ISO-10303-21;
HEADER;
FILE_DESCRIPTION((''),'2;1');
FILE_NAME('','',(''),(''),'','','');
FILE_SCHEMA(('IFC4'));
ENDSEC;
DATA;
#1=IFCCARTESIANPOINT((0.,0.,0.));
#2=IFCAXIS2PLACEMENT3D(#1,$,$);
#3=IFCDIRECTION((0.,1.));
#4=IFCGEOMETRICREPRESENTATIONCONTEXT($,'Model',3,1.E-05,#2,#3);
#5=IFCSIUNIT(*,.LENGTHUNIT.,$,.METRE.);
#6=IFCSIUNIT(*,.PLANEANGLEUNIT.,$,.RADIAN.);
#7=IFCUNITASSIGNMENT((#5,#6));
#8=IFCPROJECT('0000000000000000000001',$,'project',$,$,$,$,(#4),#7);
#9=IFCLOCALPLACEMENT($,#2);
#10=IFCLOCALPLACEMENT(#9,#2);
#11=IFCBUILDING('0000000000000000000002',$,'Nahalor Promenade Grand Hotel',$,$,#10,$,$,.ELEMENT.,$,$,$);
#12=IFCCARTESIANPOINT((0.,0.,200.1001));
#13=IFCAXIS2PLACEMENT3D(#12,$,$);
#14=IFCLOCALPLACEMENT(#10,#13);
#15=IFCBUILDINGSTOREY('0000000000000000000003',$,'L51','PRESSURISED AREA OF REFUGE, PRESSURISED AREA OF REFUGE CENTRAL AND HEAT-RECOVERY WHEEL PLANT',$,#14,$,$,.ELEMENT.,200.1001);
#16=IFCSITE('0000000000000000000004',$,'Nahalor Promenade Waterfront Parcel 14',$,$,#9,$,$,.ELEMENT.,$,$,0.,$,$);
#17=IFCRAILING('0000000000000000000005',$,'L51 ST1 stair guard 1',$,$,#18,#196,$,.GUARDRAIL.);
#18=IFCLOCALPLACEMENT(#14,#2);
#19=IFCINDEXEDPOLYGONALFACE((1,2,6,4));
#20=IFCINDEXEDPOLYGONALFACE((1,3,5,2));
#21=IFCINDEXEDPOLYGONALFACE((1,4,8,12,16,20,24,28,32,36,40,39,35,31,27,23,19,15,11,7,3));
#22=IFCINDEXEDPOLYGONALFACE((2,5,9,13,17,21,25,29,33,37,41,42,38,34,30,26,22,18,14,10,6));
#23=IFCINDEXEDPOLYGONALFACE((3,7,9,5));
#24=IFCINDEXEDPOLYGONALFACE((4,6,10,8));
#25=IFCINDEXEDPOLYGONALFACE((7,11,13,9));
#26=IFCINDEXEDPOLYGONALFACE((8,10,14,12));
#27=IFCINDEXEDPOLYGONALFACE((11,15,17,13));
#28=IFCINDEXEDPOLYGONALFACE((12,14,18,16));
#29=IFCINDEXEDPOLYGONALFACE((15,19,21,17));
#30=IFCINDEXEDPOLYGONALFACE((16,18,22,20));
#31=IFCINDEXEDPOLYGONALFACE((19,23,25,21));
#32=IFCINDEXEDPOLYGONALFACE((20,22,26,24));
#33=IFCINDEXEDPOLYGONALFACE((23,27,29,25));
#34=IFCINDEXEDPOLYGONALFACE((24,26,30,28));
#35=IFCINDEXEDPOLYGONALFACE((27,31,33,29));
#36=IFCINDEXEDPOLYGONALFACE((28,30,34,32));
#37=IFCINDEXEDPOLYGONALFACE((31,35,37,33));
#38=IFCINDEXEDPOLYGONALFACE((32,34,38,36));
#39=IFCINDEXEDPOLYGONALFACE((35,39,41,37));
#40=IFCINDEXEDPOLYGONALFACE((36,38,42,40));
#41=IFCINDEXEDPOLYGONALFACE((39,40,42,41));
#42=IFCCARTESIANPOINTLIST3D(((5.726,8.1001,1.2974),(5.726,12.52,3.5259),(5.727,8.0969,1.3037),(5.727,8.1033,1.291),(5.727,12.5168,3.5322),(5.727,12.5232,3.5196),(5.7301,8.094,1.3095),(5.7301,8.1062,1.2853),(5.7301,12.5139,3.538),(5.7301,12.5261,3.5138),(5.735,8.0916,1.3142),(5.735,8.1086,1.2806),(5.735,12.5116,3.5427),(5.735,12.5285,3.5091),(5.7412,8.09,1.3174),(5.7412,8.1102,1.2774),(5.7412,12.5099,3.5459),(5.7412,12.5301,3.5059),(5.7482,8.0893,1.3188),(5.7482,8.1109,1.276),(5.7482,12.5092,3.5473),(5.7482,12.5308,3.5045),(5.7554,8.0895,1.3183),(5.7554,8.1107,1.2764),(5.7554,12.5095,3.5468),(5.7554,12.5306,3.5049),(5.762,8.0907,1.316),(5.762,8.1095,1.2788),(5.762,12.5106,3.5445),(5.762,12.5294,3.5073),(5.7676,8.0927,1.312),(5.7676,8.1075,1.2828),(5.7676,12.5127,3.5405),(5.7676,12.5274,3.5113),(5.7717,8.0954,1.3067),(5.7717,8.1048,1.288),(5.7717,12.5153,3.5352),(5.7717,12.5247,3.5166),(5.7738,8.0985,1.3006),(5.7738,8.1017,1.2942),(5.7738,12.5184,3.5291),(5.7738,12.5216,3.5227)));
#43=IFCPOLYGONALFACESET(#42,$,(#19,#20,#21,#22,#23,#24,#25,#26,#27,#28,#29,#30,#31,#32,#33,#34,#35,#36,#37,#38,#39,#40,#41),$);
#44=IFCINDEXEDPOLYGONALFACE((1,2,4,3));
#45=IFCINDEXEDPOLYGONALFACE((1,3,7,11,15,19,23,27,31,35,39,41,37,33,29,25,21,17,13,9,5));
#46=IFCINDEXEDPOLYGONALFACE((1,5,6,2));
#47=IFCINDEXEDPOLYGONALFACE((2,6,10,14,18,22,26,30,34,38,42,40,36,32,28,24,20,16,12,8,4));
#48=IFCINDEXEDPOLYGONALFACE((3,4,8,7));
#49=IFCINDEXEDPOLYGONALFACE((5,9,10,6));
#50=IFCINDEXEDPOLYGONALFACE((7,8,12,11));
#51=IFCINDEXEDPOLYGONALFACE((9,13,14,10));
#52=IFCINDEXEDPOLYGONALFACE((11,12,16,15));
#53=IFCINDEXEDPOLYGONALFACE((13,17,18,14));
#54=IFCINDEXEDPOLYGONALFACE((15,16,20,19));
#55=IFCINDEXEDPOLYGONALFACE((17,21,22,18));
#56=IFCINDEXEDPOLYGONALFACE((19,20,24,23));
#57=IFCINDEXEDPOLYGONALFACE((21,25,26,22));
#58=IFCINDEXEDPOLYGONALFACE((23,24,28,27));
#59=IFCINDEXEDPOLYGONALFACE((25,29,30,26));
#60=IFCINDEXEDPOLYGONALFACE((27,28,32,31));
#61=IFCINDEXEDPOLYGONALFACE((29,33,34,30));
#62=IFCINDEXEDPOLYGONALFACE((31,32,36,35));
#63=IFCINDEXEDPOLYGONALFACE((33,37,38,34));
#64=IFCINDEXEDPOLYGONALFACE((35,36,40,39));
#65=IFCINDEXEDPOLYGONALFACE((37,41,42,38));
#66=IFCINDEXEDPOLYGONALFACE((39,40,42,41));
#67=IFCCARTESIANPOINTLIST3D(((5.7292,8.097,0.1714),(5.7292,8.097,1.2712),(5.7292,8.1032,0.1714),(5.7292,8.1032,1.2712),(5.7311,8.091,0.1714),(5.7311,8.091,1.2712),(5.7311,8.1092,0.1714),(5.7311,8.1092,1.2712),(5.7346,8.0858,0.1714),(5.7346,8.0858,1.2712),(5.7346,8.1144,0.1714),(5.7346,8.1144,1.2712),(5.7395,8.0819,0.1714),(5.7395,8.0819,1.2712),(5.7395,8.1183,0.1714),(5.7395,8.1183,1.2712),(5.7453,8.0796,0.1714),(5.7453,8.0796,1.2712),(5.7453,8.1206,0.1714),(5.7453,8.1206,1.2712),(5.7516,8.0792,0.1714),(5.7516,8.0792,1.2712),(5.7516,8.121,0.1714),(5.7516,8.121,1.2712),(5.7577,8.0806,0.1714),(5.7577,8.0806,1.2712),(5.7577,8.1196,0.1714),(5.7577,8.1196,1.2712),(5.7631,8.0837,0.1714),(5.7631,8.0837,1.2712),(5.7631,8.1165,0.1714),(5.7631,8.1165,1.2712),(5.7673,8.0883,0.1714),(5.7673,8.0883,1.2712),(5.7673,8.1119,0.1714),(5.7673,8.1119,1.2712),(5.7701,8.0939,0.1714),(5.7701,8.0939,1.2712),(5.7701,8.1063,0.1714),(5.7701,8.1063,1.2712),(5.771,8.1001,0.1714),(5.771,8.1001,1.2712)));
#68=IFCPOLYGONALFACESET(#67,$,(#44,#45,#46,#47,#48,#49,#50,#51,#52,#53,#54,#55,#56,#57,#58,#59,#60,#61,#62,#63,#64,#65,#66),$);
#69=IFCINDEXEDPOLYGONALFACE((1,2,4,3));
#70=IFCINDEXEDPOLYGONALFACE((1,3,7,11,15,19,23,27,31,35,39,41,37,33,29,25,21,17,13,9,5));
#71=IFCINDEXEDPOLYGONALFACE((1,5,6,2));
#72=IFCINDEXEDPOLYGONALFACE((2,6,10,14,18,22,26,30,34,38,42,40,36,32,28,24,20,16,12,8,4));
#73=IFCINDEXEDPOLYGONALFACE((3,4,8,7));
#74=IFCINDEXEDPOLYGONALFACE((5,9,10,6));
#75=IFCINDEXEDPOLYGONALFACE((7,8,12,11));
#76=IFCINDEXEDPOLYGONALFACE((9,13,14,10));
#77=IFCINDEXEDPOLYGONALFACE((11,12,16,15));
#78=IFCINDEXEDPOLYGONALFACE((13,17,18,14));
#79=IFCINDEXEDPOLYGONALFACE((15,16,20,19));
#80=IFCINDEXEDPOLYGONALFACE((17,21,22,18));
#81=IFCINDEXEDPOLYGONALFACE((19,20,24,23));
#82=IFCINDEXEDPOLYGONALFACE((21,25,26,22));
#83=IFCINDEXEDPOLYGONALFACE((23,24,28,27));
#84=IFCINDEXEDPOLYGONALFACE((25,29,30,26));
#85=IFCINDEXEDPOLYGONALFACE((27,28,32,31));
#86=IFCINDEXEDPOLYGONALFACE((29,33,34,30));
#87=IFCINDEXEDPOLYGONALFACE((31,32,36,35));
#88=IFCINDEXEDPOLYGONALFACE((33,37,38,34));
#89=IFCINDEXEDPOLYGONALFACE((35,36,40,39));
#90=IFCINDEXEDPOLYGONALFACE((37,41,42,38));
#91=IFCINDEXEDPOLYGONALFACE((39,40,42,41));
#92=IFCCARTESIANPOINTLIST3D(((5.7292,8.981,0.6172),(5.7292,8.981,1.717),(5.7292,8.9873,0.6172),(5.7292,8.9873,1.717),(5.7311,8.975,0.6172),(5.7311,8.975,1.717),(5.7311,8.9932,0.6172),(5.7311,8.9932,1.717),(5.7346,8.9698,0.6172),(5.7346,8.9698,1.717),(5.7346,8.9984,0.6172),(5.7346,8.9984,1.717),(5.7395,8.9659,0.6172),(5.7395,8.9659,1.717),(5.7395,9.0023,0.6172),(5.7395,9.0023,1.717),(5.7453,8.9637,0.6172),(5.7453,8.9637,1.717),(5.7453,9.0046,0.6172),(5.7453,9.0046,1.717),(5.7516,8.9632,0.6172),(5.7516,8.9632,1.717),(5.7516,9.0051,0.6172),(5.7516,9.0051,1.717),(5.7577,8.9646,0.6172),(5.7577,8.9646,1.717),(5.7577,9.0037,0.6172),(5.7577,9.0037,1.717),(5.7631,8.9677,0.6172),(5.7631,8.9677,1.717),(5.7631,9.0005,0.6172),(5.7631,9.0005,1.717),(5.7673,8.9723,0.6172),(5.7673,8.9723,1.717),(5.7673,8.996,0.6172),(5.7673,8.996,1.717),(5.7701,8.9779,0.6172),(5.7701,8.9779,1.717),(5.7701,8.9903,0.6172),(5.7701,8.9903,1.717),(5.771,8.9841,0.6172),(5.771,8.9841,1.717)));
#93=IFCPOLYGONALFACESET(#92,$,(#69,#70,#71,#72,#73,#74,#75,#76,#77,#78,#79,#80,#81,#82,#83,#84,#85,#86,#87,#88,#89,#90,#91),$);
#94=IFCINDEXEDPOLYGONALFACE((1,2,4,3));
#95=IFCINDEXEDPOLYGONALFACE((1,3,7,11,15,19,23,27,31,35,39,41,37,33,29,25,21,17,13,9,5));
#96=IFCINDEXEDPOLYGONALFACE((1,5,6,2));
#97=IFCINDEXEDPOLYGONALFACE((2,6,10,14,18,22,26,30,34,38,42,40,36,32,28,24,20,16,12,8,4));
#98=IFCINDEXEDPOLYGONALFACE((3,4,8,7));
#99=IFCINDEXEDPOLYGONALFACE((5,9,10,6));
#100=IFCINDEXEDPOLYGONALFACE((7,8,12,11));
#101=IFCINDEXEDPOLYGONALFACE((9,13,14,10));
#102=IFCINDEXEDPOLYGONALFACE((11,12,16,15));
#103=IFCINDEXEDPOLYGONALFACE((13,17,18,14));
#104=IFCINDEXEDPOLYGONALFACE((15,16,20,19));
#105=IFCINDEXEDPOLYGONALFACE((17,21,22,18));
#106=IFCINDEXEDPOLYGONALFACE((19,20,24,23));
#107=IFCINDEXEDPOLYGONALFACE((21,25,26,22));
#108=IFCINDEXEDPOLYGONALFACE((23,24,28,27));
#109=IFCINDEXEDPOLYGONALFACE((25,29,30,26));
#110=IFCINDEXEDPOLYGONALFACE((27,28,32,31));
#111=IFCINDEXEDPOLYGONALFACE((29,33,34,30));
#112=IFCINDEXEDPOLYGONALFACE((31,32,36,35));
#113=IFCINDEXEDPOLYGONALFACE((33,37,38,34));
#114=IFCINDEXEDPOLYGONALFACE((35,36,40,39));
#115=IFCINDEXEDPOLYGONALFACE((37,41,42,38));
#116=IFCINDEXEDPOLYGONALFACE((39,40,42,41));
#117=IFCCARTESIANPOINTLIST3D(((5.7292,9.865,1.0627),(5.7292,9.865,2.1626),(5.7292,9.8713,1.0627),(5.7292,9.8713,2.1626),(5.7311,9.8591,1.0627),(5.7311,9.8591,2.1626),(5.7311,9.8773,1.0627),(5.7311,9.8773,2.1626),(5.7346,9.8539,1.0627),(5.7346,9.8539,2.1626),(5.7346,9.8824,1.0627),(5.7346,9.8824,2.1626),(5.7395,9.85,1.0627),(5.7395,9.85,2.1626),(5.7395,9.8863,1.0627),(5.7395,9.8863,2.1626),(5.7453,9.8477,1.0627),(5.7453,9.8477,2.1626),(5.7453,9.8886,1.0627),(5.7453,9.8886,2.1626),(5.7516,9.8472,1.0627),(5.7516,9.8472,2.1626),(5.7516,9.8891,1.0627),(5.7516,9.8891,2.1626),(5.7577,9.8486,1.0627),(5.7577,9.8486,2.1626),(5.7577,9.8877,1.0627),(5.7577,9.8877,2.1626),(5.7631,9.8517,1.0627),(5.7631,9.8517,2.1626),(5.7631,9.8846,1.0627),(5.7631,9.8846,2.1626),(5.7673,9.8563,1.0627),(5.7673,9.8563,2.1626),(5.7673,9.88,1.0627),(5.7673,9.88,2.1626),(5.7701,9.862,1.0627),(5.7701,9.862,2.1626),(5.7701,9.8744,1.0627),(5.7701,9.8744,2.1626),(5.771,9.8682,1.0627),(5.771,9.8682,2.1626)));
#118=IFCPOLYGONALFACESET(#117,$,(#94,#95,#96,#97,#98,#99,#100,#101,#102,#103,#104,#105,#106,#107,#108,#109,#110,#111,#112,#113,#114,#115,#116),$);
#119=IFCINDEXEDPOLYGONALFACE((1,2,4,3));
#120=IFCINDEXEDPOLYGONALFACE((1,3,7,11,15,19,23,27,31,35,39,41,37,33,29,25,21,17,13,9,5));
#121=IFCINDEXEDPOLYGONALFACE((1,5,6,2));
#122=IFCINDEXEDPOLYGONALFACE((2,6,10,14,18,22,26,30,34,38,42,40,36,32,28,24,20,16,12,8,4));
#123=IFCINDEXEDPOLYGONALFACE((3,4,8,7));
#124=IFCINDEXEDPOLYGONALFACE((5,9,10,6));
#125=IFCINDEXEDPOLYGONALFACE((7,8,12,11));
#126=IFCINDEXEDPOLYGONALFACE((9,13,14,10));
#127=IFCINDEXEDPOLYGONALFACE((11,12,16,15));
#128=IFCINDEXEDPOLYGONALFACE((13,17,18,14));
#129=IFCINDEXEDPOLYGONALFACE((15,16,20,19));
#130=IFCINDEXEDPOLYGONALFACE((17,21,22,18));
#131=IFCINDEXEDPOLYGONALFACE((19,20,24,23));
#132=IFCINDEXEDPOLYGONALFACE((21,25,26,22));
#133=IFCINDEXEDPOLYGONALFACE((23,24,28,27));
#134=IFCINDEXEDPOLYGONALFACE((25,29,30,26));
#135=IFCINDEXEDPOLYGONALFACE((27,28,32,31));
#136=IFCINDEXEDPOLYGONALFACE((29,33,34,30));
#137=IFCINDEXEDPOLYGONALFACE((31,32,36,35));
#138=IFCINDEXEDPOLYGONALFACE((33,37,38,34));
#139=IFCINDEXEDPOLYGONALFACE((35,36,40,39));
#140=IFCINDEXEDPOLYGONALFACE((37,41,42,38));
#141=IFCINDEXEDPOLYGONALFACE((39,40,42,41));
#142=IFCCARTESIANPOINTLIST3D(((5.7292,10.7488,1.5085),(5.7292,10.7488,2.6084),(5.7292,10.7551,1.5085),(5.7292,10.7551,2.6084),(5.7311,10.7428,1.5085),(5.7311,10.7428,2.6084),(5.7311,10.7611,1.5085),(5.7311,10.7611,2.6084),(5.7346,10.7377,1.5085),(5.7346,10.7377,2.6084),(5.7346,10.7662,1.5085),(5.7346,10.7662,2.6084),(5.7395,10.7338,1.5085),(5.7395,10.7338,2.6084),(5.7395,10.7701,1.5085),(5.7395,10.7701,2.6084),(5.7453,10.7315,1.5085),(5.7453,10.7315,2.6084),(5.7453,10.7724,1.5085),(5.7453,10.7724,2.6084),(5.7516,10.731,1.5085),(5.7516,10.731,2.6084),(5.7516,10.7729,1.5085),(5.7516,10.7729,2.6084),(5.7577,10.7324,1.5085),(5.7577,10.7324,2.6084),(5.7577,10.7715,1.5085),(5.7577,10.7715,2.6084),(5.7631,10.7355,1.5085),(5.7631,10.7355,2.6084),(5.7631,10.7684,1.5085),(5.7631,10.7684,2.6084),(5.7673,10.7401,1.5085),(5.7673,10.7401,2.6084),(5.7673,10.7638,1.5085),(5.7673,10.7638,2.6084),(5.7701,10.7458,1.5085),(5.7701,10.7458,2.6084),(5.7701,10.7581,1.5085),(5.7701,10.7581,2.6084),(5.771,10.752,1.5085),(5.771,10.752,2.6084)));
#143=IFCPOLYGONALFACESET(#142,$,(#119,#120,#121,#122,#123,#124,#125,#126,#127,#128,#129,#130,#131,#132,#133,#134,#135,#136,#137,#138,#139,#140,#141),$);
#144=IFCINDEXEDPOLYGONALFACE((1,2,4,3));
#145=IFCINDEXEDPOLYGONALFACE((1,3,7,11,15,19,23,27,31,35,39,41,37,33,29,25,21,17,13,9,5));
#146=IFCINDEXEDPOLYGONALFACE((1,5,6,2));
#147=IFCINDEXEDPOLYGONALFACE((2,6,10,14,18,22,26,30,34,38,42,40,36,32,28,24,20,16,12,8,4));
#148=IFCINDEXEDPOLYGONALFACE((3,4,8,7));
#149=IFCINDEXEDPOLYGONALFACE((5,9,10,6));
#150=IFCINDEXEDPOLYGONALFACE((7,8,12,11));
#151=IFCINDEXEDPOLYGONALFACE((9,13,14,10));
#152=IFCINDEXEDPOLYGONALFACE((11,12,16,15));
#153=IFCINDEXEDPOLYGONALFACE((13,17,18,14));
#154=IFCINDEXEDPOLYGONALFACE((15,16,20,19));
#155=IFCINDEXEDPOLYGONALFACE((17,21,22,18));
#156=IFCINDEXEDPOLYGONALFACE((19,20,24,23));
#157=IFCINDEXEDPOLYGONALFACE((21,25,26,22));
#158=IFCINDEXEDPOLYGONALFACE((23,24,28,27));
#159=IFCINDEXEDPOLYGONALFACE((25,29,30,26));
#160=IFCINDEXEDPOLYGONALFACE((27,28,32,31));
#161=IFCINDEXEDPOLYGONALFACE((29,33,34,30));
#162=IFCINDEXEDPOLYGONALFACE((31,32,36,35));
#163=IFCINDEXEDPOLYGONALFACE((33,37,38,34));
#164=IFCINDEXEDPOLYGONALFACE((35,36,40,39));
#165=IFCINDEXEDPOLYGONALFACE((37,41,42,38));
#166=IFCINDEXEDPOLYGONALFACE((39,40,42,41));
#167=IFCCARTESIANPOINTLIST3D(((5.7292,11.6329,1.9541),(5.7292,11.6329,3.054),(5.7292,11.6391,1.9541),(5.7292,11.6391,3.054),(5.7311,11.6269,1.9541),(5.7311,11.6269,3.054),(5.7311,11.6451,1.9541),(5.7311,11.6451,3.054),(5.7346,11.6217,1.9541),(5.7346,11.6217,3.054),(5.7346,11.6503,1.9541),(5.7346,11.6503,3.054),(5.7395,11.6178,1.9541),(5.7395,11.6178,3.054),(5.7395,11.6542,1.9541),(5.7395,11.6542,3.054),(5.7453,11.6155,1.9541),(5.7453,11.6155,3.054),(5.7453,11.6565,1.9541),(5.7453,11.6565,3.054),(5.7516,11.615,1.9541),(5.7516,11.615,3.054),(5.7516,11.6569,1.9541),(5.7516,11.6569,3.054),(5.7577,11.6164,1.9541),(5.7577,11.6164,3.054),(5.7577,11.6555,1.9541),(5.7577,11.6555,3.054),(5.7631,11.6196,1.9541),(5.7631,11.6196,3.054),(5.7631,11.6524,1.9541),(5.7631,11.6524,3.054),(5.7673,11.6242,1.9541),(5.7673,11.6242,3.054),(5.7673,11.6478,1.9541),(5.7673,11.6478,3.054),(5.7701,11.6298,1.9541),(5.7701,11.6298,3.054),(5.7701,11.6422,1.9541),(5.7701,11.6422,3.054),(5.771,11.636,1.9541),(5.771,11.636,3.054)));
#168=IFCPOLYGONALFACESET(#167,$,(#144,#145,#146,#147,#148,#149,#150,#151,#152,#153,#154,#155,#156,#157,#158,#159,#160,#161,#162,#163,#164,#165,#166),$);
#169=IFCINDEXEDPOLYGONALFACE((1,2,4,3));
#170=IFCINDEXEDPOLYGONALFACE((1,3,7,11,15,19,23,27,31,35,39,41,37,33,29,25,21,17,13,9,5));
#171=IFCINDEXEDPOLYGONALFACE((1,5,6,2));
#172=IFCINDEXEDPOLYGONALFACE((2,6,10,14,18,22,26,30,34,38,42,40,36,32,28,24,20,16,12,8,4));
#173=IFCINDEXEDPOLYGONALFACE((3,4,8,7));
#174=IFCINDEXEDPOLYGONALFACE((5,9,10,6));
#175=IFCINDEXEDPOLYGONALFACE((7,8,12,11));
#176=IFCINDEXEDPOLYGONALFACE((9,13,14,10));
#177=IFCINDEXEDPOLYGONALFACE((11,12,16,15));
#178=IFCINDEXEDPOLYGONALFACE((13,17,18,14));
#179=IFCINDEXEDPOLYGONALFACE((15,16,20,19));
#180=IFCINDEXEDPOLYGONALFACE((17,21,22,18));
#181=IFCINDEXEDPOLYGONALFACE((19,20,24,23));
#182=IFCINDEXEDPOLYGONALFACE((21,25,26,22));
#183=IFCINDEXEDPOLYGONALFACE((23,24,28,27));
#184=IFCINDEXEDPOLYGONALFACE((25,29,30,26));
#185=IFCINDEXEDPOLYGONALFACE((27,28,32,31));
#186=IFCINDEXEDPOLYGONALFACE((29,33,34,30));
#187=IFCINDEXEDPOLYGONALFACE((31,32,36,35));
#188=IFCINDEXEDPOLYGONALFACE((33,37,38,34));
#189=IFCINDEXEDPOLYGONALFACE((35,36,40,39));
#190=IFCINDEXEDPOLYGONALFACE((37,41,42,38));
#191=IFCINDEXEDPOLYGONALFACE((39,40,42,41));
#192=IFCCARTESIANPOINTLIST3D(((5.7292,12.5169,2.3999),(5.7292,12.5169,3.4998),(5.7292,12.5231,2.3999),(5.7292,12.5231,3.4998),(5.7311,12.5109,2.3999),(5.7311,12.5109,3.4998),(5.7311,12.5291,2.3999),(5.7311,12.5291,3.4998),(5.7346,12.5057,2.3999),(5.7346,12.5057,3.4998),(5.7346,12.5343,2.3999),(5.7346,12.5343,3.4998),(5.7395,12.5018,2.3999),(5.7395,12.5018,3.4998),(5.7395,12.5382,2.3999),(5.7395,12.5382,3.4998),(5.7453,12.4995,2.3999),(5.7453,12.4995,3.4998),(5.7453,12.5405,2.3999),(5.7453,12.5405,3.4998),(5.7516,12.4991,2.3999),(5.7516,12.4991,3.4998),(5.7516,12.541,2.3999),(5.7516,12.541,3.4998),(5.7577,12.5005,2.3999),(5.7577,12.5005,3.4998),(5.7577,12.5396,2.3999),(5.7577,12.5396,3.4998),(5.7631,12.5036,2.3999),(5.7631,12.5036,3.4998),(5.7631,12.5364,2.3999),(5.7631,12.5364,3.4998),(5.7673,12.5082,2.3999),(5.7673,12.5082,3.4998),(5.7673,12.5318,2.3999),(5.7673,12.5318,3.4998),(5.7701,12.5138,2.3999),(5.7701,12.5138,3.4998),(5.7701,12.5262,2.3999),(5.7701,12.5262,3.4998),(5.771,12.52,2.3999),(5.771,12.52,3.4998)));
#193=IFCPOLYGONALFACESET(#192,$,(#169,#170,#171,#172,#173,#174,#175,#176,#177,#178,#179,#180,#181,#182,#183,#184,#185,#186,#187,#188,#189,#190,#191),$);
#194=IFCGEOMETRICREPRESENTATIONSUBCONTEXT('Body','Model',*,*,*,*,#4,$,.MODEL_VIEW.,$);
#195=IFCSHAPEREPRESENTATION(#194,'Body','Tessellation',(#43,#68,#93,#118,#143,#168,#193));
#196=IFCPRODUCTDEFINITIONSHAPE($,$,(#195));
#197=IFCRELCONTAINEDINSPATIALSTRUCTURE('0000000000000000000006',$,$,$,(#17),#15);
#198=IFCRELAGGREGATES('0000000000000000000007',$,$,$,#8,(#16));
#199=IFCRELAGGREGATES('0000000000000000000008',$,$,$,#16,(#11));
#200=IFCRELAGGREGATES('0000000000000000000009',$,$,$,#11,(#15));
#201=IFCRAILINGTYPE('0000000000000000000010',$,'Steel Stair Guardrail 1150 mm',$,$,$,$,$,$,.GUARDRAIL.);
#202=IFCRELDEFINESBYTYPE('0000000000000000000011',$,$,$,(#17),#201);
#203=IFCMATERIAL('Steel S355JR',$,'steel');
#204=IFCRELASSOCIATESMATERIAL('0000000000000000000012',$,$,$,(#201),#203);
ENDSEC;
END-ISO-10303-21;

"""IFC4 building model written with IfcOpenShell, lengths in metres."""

from ifc_helpers import new_model, si_unit, direction, frame, origin, origin_2d, place, context, subcontext, project, spatial, circle, extrude, material, type_object, element, save


model = new_model("IFC4")

# Units and contexts
model_context = context("Model", 3, precision=1e-05, world=origin(), true_north=direction((0.0, 1.0)))
body_context = subcontext(model_context, "Body", "Model", "MODEL_VIEW")
ifc_project = project(units=[si_unit("LENGTHUNIT", "METRE"), si_unit("PLANEANGLEUNIT", "RADIAN")], contexts=[model_context])

# Site, building, storey
site_placement = place(None, origin())
site = spatial("IfcSite", under=ifc_project, at=site_placement, Name="Nahalor Promenade Waterfront Parcel 14", CompositionType="ELEMENT", RefElevation=0.0)
building_placement = place(site_placement, origin())
building = spatial("IfcBuilding", under=site, at=building_placement, Name="Nahalor Promenade Grand Hotel", CompositionType="ELEMENT")
storey_placement = place(building_placement, frame((0.0, 0.0, 200.1001)))
storey = spatial("IfcBuildingStorey", under=building, at=storey_placement, Name="L51", Description="PRESSURISED AREA OF REFUGE, PRESSURISED AREA OF REFUGE CENTRAL AND HEAT-RECOVERY WHEEL PLANT", CompositionType="ELEMENT", Elevation=200.1001)

# Shared definitions
ifc_material_1 = material(Name="Steel S355JR", Category="steel")

# Railing
railing_type_1 = type_object("IfcRailingType", Name="Steel Stair Guardrail 1150 mm", PredefinedType="GUARDRAIL", material=ifc_material_1)
railing_1_placement = place(storey_placement, frame((5.75, 8.1001, 0.1714)))
element("IfcRailing", 1, at=railing_1_placement, inside=storey, type_object=railing_type_1, Name="L51 ST1 stair guard 1", PredefinedType="GUARDRAIL", context=body_context, shape_type="SweptSolid", body=[
    extrude(circle(Radius=0.024, at=origin_2d()), frame((0.0, 0.0, 1.126), z_axis=(0.0, 0.892923, 0.45021), x_axis=(-1.0, 0.0, 0.0)), (0.0, 0.0, 1.0), 4.95),
    extrude(circle(Radius=0.021, at=origin_2d()), origin(), (0.0, 0.0, 1.0), 1.0999),
    extrude(circle(Radius=0.021, at=origin_2d()), frame((0.0, 0.884, 0.4458)), (0.0, 0.0, 1.0), 1.0999),
    extrude(circle(Radius=0.021, at=origin_2d()), frame((0.0, 1.7681, 0.8914)), (0.0, 0.0, 1.0), 1.0999),
    extrude(circle(Radius=0.021, at=origin_2d()), frame((0.0, 2.6519, 1.3372)), (0.0, 0.0, 1.0), 1.0999),
    extrude(circle(Radius=0.021, at=origin_2d()), frame((0.0, 3.5359, 1.7827)), (0.0, 0.0, 1.0), 1.0999),
    extrude(circle(Radius=0.021, at=origin_2d()), frame((0.0, 4.4199, 2.2285)), (0.0, 0.0, 1.0), 1.0999),
])

save(model, "model.ifc")
